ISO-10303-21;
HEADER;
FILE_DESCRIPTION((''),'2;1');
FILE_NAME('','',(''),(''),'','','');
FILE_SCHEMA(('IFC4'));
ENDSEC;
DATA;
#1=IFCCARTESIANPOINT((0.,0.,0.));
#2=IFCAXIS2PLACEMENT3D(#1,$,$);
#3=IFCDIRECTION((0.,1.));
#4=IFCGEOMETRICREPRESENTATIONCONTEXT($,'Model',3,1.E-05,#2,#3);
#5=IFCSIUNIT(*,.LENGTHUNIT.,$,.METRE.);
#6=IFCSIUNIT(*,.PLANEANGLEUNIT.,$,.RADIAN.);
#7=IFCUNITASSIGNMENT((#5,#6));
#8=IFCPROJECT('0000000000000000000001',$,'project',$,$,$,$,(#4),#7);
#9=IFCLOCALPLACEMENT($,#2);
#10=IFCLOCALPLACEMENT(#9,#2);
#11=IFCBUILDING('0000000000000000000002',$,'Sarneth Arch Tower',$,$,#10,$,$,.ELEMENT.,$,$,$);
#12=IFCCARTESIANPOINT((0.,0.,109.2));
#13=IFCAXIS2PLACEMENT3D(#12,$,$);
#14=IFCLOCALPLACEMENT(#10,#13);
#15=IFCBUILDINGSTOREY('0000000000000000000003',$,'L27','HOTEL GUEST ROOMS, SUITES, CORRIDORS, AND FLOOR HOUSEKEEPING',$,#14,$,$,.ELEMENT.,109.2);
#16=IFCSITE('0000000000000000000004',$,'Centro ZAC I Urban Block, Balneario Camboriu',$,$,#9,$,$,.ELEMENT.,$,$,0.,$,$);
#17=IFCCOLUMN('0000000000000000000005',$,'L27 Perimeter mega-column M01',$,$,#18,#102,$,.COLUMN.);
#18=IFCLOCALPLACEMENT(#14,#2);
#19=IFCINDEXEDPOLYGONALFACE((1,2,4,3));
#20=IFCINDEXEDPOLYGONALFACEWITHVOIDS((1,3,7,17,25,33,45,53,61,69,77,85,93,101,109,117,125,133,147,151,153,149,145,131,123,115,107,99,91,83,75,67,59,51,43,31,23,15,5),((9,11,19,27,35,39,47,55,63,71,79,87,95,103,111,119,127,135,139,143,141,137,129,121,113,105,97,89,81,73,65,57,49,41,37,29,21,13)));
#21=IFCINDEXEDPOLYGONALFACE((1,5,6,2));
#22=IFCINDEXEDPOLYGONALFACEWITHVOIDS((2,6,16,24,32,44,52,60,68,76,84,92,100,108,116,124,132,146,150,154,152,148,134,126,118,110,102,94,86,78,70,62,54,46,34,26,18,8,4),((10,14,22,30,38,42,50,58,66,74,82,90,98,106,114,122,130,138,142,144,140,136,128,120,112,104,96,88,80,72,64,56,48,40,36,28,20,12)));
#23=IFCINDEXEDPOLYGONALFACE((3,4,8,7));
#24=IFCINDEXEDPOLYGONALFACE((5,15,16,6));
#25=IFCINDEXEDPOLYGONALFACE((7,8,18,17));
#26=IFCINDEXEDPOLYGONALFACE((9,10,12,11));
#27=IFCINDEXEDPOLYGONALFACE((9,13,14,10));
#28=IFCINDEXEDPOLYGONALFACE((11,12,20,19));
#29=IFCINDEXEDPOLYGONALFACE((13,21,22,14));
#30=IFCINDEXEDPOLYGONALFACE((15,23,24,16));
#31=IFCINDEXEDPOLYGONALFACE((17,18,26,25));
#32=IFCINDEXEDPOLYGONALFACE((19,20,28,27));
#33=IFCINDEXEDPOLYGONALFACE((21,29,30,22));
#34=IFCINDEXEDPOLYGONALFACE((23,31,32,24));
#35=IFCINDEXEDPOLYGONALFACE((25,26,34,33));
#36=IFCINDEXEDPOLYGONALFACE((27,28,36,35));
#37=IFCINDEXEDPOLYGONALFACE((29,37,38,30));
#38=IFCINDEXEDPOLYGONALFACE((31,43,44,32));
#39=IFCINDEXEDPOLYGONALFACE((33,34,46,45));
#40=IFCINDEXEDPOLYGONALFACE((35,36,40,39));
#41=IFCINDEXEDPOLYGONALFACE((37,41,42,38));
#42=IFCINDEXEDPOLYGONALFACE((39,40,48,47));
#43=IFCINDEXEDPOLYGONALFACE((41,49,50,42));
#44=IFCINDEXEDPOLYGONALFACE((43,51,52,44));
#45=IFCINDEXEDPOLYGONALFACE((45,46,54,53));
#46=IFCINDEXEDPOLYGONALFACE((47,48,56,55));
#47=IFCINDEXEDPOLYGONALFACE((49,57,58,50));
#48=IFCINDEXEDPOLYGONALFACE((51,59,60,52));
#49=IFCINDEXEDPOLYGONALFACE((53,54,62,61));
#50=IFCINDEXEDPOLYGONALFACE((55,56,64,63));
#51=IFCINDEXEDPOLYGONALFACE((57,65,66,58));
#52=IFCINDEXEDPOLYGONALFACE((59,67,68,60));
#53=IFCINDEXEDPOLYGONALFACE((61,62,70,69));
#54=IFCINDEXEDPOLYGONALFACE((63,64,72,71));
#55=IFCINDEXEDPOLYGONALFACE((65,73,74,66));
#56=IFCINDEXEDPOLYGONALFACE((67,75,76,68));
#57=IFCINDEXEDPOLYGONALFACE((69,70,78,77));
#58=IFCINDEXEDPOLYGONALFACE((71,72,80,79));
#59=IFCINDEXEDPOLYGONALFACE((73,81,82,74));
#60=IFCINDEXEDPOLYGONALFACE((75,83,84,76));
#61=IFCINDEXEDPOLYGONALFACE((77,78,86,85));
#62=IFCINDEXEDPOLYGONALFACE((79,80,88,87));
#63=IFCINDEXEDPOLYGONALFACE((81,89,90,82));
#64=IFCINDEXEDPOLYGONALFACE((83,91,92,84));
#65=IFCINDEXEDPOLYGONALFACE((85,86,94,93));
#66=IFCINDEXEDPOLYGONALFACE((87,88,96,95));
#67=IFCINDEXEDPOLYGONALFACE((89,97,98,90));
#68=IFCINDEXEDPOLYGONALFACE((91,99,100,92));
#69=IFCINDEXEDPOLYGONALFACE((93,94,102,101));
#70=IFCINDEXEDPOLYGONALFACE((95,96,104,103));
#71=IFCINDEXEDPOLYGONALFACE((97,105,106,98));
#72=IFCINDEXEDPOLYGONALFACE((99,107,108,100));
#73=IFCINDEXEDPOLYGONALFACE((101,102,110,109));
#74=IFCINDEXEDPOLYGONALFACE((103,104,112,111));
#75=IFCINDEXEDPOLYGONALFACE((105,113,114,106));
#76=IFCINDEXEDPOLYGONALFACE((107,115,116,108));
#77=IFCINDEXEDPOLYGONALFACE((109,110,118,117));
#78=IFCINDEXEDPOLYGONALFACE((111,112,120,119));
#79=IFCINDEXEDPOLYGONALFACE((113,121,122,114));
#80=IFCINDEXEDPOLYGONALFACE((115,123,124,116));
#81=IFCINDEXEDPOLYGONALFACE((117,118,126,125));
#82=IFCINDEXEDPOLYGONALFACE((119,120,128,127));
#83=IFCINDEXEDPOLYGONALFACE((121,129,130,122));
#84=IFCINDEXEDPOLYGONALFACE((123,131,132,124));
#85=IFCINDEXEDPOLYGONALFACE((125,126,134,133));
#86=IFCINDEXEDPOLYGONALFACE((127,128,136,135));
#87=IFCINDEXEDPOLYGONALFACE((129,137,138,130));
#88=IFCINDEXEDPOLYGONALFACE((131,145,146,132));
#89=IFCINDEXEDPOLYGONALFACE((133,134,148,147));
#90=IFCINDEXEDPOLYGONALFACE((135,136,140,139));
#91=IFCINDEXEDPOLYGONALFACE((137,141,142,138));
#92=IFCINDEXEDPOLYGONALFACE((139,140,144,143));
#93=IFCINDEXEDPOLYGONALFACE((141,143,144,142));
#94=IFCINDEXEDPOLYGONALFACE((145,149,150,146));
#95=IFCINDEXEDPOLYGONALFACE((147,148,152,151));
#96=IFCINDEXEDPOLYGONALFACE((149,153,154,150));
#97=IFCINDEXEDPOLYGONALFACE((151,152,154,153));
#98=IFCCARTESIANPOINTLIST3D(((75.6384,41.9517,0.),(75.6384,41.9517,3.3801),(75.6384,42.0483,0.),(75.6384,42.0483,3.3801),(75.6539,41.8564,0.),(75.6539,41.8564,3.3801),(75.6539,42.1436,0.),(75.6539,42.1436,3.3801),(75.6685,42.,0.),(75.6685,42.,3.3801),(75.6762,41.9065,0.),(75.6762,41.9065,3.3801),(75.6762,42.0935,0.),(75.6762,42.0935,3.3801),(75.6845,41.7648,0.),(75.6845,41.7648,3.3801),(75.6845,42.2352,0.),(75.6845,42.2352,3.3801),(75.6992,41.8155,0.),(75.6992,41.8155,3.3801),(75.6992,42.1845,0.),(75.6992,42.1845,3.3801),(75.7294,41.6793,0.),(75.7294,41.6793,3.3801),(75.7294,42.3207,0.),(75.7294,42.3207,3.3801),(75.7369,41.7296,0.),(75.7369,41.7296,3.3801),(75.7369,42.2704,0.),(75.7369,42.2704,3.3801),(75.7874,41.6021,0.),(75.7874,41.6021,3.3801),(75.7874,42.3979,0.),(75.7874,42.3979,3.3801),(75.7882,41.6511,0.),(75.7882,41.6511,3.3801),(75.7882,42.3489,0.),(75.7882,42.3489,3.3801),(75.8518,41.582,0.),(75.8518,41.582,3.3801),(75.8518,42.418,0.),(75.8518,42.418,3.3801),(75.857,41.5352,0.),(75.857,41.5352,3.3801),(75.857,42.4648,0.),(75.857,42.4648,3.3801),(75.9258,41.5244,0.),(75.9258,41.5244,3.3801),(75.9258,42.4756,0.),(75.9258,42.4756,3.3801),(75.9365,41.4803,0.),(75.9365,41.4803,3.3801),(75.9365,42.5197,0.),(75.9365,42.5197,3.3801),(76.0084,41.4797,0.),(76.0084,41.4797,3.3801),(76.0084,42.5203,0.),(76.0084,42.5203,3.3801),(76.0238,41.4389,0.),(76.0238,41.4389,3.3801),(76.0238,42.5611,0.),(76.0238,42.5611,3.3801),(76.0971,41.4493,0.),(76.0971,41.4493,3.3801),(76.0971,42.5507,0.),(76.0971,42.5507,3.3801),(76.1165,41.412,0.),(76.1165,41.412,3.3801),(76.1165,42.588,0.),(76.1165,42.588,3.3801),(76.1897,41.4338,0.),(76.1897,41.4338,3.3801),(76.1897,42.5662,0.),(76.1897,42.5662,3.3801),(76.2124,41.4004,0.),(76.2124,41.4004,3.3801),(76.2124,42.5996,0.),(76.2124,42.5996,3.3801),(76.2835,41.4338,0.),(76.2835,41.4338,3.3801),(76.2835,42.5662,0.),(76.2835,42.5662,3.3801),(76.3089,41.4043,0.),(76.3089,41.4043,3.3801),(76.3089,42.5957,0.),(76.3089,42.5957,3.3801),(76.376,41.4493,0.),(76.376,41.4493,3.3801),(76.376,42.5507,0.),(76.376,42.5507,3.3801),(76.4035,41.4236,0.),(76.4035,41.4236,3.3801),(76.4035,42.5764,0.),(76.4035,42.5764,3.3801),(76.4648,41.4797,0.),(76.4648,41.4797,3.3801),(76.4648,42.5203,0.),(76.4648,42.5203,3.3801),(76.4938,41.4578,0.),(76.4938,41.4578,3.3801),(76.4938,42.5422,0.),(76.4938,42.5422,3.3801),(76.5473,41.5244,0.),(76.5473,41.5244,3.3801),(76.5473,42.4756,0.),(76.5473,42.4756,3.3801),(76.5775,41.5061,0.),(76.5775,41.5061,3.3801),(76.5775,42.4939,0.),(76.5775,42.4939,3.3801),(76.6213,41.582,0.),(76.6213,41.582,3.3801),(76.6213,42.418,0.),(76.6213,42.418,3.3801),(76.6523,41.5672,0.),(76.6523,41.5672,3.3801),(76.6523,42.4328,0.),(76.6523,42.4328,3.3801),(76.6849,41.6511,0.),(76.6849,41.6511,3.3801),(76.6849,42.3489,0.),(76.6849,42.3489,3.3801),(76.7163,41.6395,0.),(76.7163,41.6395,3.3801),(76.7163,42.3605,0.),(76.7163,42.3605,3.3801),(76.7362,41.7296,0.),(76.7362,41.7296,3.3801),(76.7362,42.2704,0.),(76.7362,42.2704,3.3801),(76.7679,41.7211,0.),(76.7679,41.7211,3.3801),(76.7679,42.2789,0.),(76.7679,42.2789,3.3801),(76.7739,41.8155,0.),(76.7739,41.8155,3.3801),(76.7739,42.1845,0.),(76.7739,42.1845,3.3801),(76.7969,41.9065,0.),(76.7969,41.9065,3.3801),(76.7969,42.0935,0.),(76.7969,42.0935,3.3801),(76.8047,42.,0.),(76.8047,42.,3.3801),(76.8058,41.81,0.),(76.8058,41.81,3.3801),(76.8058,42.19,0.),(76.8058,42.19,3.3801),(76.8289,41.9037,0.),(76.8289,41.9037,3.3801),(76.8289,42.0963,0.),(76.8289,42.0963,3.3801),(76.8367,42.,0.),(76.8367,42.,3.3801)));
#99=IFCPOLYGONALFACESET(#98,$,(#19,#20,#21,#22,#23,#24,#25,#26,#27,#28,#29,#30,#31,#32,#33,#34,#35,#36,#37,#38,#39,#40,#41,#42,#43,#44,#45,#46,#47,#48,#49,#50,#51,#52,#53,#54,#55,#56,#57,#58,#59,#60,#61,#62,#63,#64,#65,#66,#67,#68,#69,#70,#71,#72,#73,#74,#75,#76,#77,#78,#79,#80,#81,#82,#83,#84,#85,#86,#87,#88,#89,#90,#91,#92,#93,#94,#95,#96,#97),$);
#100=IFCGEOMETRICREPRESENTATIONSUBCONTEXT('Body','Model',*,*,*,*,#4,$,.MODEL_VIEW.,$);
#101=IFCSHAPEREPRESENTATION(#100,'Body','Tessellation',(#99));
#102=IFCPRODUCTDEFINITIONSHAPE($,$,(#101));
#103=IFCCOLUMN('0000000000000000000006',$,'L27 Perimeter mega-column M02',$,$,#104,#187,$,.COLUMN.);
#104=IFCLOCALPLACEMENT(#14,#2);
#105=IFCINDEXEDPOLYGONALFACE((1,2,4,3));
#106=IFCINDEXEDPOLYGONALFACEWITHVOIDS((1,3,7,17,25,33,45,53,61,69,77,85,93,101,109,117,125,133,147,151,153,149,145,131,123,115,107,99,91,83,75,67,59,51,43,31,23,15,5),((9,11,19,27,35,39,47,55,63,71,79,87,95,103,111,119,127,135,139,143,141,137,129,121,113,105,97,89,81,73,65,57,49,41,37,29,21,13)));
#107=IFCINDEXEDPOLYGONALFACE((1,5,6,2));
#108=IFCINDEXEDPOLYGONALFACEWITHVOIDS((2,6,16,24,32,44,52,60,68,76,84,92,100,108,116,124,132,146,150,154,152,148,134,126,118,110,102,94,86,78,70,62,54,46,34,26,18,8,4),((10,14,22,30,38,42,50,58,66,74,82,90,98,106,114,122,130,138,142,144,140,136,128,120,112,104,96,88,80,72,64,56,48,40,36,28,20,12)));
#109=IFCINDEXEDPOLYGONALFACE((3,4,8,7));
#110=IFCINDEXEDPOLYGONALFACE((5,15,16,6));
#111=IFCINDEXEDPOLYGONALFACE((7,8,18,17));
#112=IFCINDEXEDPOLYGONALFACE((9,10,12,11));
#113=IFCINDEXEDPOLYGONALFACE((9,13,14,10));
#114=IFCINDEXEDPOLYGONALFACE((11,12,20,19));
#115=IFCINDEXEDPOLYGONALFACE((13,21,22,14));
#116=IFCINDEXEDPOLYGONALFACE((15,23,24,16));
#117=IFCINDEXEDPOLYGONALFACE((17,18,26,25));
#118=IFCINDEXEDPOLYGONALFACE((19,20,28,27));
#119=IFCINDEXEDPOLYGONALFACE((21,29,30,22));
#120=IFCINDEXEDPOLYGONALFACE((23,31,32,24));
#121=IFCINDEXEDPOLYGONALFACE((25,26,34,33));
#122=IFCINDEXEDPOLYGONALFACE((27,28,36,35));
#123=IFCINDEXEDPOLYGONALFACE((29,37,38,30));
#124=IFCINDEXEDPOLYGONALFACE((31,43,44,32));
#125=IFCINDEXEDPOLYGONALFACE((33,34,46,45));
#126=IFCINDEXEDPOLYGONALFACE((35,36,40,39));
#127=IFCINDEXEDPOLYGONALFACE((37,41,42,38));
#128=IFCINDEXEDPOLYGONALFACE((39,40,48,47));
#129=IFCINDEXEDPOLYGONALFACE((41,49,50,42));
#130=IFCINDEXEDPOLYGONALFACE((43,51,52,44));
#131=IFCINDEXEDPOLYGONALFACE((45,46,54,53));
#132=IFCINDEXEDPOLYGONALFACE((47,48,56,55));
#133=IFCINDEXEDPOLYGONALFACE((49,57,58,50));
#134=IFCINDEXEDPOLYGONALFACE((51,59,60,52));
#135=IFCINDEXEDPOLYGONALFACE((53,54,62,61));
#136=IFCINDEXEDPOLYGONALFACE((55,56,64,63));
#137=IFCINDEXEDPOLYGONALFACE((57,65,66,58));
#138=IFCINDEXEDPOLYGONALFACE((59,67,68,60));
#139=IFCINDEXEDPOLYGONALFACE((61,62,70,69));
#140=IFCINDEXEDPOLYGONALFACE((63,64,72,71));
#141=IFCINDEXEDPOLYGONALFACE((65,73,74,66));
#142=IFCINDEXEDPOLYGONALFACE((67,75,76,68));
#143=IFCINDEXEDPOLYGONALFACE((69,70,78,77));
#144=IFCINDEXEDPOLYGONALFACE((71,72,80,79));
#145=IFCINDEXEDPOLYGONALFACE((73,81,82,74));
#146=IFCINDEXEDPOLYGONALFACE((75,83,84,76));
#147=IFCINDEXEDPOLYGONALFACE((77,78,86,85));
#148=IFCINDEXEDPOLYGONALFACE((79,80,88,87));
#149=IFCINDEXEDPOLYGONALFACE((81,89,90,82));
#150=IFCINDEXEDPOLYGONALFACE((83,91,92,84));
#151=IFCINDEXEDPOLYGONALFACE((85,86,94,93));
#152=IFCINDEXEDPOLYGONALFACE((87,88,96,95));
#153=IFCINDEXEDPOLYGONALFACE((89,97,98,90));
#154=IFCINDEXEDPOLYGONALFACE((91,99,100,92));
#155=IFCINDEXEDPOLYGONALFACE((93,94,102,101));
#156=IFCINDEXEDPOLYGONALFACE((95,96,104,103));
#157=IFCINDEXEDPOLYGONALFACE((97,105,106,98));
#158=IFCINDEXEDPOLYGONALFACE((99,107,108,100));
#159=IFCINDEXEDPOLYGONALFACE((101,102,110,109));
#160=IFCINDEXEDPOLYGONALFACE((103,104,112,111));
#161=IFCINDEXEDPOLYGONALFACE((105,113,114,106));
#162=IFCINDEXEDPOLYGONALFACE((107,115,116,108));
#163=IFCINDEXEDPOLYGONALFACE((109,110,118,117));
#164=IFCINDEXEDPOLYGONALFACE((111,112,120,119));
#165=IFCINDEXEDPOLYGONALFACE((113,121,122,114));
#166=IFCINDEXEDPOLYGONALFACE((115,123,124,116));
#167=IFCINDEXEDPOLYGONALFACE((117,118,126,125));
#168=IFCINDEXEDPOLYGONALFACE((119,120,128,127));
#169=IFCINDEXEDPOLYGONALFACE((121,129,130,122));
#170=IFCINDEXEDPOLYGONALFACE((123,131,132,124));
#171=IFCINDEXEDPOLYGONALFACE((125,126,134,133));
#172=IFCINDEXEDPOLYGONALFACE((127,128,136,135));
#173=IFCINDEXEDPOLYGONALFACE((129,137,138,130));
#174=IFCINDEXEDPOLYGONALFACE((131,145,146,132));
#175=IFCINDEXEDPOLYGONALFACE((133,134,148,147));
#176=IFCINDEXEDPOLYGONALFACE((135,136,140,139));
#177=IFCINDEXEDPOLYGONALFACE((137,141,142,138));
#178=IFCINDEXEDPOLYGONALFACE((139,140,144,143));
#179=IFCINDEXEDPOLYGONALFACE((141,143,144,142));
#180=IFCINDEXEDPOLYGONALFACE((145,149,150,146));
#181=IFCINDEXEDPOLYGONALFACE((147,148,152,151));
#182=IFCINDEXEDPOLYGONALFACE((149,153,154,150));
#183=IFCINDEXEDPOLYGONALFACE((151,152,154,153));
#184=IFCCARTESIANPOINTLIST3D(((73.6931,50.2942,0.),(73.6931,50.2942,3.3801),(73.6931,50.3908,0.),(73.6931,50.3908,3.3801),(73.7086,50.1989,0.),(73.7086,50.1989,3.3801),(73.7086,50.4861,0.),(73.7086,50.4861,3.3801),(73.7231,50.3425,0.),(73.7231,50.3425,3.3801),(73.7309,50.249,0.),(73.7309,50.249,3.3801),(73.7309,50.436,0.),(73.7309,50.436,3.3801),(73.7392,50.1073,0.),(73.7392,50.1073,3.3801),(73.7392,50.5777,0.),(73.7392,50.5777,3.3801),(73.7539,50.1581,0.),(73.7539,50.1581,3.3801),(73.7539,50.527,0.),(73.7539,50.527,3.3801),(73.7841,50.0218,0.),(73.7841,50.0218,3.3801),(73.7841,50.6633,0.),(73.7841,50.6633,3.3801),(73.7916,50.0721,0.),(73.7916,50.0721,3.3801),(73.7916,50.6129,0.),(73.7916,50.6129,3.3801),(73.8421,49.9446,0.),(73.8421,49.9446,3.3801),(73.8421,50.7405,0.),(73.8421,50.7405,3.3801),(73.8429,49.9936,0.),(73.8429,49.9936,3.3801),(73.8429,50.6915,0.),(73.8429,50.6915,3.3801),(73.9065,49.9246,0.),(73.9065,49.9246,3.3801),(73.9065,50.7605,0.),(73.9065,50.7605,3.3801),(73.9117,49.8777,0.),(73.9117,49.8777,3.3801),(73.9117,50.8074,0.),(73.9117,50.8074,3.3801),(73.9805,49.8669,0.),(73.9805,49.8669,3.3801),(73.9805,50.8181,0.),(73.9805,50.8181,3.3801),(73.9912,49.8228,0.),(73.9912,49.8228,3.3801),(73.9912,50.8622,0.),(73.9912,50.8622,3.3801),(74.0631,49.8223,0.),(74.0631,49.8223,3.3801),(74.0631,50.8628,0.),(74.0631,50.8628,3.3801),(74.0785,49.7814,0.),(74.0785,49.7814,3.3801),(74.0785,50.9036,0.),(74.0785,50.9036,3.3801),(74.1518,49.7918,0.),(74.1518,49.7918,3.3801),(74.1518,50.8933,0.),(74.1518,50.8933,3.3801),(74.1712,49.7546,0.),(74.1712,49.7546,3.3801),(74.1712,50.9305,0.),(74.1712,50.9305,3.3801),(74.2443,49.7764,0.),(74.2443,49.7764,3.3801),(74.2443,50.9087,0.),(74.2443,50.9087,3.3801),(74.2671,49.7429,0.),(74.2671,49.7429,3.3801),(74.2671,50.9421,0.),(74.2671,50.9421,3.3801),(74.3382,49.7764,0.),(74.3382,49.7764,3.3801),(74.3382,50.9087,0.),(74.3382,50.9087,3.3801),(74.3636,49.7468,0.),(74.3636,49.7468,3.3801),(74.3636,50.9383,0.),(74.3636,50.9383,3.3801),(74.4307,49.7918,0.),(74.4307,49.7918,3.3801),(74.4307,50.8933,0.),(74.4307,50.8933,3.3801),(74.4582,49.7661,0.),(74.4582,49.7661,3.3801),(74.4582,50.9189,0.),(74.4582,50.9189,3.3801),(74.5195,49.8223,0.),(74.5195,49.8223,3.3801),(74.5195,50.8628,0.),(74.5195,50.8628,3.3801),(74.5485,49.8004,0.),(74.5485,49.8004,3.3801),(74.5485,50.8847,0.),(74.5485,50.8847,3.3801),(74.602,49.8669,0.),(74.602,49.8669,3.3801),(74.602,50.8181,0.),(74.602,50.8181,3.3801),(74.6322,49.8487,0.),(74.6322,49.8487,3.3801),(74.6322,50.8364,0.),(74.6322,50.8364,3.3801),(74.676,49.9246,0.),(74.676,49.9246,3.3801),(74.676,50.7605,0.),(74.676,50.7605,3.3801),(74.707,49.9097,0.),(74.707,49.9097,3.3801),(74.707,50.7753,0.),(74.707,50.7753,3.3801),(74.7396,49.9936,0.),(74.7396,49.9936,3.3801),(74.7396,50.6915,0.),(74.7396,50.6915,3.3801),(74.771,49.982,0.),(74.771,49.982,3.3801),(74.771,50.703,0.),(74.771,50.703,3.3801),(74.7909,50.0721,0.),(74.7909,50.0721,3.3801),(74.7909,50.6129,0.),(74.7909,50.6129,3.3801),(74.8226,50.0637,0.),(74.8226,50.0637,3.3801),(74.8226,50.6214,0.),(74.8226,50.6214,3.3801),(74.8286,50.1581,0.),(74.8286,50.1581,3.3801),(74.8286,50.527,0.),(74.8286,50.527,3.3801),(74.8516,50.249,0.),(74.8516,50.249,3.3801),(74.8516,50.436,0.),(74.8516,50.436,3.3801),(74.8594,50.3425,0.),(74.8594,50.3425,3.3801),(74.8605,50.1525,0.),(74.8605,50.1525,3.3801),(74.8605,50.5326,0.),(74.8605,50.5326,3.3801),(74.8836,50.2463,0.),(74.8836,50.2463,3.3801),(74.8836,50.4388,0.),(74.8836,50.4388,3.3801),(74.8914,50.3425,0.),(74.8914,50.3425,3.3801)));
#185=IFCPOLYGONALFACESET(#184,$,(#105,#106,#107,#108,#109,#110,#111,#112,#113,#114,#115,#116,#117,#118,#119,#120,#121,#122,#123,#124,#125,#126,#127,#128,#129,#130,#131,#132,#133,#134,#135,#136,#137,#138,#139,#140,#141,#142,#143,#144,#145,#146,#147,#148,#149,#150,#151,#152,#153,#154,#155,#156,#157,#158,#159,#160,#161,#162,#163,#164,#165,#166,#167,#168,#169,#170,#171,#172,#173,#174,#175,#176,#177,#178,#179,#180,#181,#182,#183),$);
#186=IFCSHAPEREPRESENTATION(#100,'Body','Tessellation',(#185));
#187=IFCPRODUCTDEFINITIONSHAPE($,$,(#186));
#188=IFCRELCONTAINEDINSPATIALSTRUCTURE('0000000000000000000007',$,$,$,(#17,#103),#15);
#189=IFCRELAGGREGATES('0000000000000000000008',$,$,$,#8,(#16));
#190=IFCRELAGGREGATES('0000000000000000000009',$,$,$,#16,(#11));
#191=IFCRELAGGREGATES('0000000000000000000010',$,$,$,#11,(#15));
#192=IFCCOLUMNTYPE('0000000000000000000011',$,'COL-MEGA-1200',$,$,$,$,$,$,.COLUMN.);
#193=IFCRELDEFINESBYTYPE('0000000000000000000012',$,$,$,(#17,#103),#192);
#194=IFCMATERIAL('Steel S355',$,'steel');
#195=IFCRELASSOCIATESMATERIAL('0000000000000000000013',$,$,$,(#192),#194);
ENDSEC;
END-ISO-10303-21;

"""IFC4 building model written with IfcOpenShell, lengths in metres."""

from ifc_helpers import new_model, si_unit, direction, frame, origin, origin_2d, place, context, subcontext, project, spatial, hollow_circle, extrude, material, material_profile, profile_set, type_object, element, save


model = new_model("IFC4")

# Units and contexts
model_context = context("Model", 3, precision=1e-05, world=origin(), true_north=direction((0.0, 1.0)))
body_context = subcontext(model_context, "Body", "Model", "MODEL_VIEW")
ifc_project = project(units=[si_unit("LENGTHUNIT", "METRE"), si_unit("PLANEANGLEUNIT", "RADIAN")], contexts=[model_context])

# Site, building, storey
site_placement = place(None, origin())
site = spatial("IfcSite", under=ifc_project, at=site_placement, Name="Centro ZAC I Urban Block, Balneario Camboriu", CompositionType="ELEMENT", RefElevation=0.0)
building_placement = place(site_placement, origin())
building = spatial("IfcBuilding", under=site, at=building_placement, Name="Sarneth Arch Tower", CompositionType="ELEMENT")
storey_placement = place(building_placement, frame((0.0, 0.0, 109.2)))
storey = spatial("IfcBuildingStorey", under=building, at=storey_placement, Name="L27", Description="HOTEL GUEST ROOMS, SUITES, CORRIDORS, AND FLOOR HOUSEKEEPING", CompositionType="ELEMENT", Elevation=109.2)

# Columns
ifc_material_1 = material(Name="Steel S355", Category="steel")
ifc_material_profile_1 = material_profile(ifc_material_1, hollow_circle(Radius=0.6001, WallThickness=0.032, at=origin_2d()), Name="CHS1200x32")
ifc_profile_set_1 = profile_set([ifc_material_profile_1], Name="Steel S355")
column_type = type_object("IfcColumnType", Name="COL-MEGA-1200", PredefinedType="COLUMN", material=ifc_profile_set_1)
for number, where, z_axis, x_axis, name in (
    (1, (76.2366, 42.0, 0.0), (0.0, 0.0, 1.0), (1.0, 0.0, 0.0), "L27 Perimeter mega-column M01"),
    (2, (74.2913, 50.3425, 0.0), (0.0, 0.0, 1.0), (1.0, 0.0, 0.0), "L27 Perimeter mega-column M02"),
):
    element("IfcColumn", number, at=place(storey_placement, frame(where, z_axis=z_axis, x_axis=x_axis)), inside=storey, type_object=column_type, Name=name, PredefinedType="COLUMN", context=body_context, shape_type="SweptSolid", body=[
        extrude(hollow_circle(Radius=0.6001, WallThickness=0.032, at=origin_2d()), origin(), (0.0, 0.0, 1.0), 3.3801),
    ])

save(model, "model.ifc")
